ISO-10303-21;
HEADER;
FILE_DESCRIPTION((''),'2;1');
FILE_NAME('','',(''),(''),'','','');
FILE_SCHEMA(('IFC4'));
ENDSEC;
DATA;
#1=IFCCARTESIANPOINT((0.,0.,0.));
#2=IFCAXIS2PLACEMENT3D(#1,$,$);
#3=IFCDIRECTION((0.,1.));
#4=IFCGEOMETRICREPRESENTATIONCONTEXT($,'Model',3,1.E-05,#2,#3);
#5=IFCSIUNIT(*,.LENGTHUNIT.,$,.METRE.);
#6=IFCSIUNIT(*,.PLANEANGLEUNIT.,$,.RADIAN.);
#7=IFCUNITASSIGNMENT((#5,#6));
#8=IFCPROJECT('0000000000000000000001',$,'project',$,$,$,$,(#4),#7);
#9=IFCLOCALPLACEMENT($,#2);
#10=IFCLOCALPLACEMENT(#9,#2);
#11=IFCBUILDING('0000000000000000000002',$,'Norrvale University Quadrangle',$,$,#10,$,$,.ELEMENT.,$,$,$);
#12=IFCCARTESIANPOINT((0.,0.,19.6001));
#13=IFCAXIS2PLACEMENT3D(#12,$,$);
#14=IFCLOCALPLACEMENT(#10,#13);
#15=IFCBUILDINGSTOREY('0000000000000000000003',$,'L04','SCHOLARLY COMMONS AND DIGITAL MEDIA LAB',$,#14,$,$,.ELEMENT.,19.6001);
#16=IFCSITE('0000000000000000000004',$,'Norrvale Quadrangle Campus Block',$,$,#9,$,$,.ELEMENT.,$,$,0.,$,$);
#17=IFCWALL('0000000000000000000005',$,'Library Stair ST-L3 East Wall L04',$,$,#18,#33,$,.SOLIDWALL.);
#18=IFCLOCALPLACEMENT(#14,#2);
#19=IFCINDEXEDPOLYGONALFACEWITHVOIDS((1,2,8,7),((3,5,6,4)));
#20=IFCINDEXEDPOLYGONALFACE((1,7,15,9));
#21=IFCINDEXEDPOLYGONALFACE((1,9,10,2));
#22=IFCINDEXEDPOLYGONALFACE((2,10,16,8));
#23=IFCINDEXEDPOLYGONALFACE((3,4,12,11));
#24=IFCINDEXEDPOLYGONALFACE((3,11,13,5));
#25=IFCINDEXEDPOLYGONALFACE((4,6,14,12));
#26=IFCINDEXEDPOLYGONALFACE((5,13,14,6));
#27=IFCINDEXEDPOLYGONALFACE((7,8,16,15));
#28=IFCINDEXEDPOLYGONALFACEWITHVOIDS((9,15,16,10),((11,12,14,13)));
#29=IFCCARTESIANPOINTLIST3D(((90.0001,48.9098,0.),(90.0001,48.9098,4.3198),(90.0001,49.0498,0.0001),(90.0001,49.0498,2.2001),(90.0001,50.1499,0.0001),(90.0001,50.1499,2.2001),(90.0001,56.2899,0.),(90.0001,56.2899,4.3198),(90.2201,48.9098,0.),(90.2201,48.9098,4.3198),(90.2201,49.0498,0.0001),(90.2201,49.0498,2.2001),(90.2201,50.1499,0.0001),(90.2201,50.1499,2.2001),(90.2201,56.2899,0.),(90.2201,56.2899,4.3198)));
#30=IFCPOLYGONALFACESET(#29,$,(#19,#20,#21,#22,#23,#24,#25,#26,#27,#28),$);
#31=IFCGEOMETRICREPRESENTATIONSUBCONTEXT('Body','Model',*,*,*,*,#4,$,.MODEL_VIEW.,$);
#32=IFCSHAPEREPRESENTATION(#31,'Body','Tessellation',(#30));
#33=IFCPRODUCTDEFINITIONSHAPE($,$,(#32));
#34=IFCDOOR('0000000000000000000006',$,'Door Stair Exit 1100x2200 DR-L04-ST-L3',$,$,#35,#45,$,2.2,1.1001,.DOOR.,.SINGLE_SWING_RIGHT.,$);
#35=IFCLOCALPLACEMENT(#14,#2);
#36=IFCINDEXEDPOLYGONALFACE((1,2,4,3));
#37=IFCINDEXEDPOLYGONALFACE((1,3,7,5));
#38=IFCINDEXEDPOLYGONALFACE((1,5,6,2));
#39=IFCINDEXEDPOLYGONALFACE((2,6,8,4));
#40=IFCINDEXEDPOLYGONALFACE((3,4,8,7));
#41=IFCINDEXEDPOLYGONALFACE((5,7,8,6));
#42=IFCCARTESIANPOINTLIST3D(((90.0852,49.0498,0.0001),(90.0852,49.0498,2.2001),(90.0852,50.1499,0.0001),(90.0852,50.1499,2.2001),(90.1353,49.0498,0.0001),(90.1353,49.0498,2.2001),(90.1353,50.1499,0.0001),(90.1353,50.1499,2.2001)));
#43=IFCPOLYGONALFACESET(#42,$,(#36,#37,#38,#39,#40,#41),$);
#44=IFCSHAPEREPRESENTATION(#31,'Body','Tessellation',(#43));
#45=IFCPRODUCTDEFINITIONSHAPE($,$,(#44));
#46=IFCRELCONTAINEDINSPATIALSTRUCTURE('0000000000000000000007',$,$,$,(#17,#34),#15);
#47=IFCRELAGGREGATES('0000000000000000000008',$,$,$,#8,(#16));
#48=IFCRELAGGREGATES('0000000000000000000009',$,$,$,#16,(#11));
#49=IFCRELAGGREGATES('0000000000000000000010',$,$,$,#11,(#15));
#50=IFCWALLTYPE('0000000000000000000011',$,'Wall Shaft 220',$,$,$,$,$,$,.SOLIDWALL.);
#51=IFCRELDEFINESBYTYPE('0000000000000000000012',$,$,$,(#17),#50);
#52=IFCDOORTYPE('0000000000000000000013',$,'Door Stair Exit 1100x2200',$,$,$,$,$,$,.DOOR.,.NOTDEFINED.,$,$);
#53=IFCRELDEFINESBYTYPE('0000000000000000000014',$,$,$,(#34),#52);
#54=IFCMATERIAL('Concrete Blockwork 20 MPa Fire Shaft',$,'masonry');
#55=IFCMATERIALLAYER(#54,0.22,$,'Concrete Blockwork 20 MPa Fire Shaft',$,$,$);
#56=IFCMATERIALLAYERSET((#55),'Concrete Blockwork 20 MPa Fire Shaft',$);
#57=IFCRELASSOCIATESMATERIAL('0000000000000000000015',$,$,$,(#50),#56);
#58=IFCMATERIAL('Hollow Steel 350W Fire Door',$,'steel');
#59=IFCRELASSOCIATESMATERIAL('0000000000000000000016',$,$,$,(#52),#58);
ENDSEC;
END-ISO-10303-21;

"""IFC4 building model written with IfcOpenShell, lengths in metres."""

from ifc_helpers import new_model, si_unit, direction, frame, frame_2d, origin, place, context, subcontext, project, spatial, rectangle, extrude, material, layer, layer_set, type_object, element, fill, save


model = new_model("IFC4")

# Units and contexts
model_context = context("Model", 3, precision=1e-05, world=origin(), true_north=direction((0.0, 1.0)))
body_context = subcontext(model_context, "Body", "Model", "MODEL_VIEW")
ifc_project = project(units=[si_unit("LENGTHUNIT", "METRE"), si_unit("PLANEANGLEUNIT", "RADIAN")], contexts=[model_context])

# Site, building, storey
site_placement = place(None, origin())
site = spatial("IfcSite", under=ifc_project, at=site_placement, Name="Norrvale Quadrangle Campus Block", CompositionType="ELEMENT", RefElevation=0.0)
building_placement = place(site_placement, origin())
building = spatial("IfcBuilding", under=site, at=building_placement, Name="Norrvale University Quadrangle", CompositionType="ELEMENT")
storey_placement = place(building_placement, frame((0.0, 0.0, 19.6001)))
storey = spatial("IfcBuildingStorey", under=building, at=storey_placement, Name="L04", Description="SCHOLARLY COMMONS AND DIGITAL MEDIA LAB", CompositionType="ELEMENT", Elevation=19.6001)

# Shared definitions
ifc_material_1 = material(Name="Concrete Blockwork 20 MPa Fire Shaft", Category="masonry")
ifc_layer_1 = layer(ifc_material_1, 0.22, Name="Concrete Blockwork 20 MPa Fire Shaft")
ifc_layer_set_1 = layer_set([ifc_layer_1], Name="Concrete Blockwork 20 MPa Fire Shaft")
wall_type_1 = type_object("IfcWallType", Name="Wall Shaft 220", PredefinedType="SOLIDWALL", material=ifc_layer_set_1)

# Wall, opening, door
wall_1_placement = place(storey_placement, frame((90.1101, 48.9099, 0.0), z_axis=(0.0, 0.0, 1.0), x_axis=(0.0, 1.0, 0.0)))
wall_1 = element("IfcWall", 1, at=wall_1_placement, inside=storey, type_object=wall_type_1, Name="Library Stair ST-L3 East Wall L04", PredefinedType="SOLIDWALL", context=body_context, shape_type="SweptSolid", body=[
    extrude(rectangle(XDim=7.3801, YDim=0.22, at=frame_2d((3.6899, 0.0))), origin(), (0.0, 0.0, 1.0), 4.3198),
])
opening_placement = place(wall_1_placement, frame((0.1399, 0.0, 0.0)))
opening = element("IfcOpeningElement", 2, at=opening_placement, cuts=wall_1, PredefinedType="OPENING", context=body_context, shape_type="SweptSolid", body=[
    extrude(rectangle(XDim=1.1001, YDim=2.2, at=frame_2d((0.55, 1.1001))), frame((0.0, 0.1221, 0.0), z_axis=(0.0, -1.0, 0.0), x_axis=(1.0, 0.0, 0.0)), (0.0, 0.0, 1.0), 0.2439),
])
ifc_material_2 = material(Name="Hollow Steel 350W Fire Door", Category="steel")
door_type = type_object("IfcDoorType", Name="Door Stair Exit 1100x2200", OperationType="NOTDEFINED", PredefinedType="DOOR", material=ifc_material_2)
door_placement = place(opening_placement, origin())
door = element("IfcDoor", 3, at=door_placement, inside=storey, type_object=door_type, Name="Door Stair Exit 1100x2200 DR-L04-ST-L3", OperationType="SINGLE_SWING_RIGHT", OverallHeight=2.2, OverallWidth=1.1001, PredefinedType="DOOR", context=body_context, shape_type="SweptSolid", body=[
    extrude(rectangle(XDim=1.1001, YDim=2.2, at=frame_2d((0.55, 1.1001))), frame((0.0, 0.0249, 0.0), z_axis=(0.0, -1.0, 0.0), x_axis=(1.0, 0.0, 0.0)), (0.0, 0.0, 1.0), 0.05),
])
fill(opening, door)

save(model, "model.ifc")
